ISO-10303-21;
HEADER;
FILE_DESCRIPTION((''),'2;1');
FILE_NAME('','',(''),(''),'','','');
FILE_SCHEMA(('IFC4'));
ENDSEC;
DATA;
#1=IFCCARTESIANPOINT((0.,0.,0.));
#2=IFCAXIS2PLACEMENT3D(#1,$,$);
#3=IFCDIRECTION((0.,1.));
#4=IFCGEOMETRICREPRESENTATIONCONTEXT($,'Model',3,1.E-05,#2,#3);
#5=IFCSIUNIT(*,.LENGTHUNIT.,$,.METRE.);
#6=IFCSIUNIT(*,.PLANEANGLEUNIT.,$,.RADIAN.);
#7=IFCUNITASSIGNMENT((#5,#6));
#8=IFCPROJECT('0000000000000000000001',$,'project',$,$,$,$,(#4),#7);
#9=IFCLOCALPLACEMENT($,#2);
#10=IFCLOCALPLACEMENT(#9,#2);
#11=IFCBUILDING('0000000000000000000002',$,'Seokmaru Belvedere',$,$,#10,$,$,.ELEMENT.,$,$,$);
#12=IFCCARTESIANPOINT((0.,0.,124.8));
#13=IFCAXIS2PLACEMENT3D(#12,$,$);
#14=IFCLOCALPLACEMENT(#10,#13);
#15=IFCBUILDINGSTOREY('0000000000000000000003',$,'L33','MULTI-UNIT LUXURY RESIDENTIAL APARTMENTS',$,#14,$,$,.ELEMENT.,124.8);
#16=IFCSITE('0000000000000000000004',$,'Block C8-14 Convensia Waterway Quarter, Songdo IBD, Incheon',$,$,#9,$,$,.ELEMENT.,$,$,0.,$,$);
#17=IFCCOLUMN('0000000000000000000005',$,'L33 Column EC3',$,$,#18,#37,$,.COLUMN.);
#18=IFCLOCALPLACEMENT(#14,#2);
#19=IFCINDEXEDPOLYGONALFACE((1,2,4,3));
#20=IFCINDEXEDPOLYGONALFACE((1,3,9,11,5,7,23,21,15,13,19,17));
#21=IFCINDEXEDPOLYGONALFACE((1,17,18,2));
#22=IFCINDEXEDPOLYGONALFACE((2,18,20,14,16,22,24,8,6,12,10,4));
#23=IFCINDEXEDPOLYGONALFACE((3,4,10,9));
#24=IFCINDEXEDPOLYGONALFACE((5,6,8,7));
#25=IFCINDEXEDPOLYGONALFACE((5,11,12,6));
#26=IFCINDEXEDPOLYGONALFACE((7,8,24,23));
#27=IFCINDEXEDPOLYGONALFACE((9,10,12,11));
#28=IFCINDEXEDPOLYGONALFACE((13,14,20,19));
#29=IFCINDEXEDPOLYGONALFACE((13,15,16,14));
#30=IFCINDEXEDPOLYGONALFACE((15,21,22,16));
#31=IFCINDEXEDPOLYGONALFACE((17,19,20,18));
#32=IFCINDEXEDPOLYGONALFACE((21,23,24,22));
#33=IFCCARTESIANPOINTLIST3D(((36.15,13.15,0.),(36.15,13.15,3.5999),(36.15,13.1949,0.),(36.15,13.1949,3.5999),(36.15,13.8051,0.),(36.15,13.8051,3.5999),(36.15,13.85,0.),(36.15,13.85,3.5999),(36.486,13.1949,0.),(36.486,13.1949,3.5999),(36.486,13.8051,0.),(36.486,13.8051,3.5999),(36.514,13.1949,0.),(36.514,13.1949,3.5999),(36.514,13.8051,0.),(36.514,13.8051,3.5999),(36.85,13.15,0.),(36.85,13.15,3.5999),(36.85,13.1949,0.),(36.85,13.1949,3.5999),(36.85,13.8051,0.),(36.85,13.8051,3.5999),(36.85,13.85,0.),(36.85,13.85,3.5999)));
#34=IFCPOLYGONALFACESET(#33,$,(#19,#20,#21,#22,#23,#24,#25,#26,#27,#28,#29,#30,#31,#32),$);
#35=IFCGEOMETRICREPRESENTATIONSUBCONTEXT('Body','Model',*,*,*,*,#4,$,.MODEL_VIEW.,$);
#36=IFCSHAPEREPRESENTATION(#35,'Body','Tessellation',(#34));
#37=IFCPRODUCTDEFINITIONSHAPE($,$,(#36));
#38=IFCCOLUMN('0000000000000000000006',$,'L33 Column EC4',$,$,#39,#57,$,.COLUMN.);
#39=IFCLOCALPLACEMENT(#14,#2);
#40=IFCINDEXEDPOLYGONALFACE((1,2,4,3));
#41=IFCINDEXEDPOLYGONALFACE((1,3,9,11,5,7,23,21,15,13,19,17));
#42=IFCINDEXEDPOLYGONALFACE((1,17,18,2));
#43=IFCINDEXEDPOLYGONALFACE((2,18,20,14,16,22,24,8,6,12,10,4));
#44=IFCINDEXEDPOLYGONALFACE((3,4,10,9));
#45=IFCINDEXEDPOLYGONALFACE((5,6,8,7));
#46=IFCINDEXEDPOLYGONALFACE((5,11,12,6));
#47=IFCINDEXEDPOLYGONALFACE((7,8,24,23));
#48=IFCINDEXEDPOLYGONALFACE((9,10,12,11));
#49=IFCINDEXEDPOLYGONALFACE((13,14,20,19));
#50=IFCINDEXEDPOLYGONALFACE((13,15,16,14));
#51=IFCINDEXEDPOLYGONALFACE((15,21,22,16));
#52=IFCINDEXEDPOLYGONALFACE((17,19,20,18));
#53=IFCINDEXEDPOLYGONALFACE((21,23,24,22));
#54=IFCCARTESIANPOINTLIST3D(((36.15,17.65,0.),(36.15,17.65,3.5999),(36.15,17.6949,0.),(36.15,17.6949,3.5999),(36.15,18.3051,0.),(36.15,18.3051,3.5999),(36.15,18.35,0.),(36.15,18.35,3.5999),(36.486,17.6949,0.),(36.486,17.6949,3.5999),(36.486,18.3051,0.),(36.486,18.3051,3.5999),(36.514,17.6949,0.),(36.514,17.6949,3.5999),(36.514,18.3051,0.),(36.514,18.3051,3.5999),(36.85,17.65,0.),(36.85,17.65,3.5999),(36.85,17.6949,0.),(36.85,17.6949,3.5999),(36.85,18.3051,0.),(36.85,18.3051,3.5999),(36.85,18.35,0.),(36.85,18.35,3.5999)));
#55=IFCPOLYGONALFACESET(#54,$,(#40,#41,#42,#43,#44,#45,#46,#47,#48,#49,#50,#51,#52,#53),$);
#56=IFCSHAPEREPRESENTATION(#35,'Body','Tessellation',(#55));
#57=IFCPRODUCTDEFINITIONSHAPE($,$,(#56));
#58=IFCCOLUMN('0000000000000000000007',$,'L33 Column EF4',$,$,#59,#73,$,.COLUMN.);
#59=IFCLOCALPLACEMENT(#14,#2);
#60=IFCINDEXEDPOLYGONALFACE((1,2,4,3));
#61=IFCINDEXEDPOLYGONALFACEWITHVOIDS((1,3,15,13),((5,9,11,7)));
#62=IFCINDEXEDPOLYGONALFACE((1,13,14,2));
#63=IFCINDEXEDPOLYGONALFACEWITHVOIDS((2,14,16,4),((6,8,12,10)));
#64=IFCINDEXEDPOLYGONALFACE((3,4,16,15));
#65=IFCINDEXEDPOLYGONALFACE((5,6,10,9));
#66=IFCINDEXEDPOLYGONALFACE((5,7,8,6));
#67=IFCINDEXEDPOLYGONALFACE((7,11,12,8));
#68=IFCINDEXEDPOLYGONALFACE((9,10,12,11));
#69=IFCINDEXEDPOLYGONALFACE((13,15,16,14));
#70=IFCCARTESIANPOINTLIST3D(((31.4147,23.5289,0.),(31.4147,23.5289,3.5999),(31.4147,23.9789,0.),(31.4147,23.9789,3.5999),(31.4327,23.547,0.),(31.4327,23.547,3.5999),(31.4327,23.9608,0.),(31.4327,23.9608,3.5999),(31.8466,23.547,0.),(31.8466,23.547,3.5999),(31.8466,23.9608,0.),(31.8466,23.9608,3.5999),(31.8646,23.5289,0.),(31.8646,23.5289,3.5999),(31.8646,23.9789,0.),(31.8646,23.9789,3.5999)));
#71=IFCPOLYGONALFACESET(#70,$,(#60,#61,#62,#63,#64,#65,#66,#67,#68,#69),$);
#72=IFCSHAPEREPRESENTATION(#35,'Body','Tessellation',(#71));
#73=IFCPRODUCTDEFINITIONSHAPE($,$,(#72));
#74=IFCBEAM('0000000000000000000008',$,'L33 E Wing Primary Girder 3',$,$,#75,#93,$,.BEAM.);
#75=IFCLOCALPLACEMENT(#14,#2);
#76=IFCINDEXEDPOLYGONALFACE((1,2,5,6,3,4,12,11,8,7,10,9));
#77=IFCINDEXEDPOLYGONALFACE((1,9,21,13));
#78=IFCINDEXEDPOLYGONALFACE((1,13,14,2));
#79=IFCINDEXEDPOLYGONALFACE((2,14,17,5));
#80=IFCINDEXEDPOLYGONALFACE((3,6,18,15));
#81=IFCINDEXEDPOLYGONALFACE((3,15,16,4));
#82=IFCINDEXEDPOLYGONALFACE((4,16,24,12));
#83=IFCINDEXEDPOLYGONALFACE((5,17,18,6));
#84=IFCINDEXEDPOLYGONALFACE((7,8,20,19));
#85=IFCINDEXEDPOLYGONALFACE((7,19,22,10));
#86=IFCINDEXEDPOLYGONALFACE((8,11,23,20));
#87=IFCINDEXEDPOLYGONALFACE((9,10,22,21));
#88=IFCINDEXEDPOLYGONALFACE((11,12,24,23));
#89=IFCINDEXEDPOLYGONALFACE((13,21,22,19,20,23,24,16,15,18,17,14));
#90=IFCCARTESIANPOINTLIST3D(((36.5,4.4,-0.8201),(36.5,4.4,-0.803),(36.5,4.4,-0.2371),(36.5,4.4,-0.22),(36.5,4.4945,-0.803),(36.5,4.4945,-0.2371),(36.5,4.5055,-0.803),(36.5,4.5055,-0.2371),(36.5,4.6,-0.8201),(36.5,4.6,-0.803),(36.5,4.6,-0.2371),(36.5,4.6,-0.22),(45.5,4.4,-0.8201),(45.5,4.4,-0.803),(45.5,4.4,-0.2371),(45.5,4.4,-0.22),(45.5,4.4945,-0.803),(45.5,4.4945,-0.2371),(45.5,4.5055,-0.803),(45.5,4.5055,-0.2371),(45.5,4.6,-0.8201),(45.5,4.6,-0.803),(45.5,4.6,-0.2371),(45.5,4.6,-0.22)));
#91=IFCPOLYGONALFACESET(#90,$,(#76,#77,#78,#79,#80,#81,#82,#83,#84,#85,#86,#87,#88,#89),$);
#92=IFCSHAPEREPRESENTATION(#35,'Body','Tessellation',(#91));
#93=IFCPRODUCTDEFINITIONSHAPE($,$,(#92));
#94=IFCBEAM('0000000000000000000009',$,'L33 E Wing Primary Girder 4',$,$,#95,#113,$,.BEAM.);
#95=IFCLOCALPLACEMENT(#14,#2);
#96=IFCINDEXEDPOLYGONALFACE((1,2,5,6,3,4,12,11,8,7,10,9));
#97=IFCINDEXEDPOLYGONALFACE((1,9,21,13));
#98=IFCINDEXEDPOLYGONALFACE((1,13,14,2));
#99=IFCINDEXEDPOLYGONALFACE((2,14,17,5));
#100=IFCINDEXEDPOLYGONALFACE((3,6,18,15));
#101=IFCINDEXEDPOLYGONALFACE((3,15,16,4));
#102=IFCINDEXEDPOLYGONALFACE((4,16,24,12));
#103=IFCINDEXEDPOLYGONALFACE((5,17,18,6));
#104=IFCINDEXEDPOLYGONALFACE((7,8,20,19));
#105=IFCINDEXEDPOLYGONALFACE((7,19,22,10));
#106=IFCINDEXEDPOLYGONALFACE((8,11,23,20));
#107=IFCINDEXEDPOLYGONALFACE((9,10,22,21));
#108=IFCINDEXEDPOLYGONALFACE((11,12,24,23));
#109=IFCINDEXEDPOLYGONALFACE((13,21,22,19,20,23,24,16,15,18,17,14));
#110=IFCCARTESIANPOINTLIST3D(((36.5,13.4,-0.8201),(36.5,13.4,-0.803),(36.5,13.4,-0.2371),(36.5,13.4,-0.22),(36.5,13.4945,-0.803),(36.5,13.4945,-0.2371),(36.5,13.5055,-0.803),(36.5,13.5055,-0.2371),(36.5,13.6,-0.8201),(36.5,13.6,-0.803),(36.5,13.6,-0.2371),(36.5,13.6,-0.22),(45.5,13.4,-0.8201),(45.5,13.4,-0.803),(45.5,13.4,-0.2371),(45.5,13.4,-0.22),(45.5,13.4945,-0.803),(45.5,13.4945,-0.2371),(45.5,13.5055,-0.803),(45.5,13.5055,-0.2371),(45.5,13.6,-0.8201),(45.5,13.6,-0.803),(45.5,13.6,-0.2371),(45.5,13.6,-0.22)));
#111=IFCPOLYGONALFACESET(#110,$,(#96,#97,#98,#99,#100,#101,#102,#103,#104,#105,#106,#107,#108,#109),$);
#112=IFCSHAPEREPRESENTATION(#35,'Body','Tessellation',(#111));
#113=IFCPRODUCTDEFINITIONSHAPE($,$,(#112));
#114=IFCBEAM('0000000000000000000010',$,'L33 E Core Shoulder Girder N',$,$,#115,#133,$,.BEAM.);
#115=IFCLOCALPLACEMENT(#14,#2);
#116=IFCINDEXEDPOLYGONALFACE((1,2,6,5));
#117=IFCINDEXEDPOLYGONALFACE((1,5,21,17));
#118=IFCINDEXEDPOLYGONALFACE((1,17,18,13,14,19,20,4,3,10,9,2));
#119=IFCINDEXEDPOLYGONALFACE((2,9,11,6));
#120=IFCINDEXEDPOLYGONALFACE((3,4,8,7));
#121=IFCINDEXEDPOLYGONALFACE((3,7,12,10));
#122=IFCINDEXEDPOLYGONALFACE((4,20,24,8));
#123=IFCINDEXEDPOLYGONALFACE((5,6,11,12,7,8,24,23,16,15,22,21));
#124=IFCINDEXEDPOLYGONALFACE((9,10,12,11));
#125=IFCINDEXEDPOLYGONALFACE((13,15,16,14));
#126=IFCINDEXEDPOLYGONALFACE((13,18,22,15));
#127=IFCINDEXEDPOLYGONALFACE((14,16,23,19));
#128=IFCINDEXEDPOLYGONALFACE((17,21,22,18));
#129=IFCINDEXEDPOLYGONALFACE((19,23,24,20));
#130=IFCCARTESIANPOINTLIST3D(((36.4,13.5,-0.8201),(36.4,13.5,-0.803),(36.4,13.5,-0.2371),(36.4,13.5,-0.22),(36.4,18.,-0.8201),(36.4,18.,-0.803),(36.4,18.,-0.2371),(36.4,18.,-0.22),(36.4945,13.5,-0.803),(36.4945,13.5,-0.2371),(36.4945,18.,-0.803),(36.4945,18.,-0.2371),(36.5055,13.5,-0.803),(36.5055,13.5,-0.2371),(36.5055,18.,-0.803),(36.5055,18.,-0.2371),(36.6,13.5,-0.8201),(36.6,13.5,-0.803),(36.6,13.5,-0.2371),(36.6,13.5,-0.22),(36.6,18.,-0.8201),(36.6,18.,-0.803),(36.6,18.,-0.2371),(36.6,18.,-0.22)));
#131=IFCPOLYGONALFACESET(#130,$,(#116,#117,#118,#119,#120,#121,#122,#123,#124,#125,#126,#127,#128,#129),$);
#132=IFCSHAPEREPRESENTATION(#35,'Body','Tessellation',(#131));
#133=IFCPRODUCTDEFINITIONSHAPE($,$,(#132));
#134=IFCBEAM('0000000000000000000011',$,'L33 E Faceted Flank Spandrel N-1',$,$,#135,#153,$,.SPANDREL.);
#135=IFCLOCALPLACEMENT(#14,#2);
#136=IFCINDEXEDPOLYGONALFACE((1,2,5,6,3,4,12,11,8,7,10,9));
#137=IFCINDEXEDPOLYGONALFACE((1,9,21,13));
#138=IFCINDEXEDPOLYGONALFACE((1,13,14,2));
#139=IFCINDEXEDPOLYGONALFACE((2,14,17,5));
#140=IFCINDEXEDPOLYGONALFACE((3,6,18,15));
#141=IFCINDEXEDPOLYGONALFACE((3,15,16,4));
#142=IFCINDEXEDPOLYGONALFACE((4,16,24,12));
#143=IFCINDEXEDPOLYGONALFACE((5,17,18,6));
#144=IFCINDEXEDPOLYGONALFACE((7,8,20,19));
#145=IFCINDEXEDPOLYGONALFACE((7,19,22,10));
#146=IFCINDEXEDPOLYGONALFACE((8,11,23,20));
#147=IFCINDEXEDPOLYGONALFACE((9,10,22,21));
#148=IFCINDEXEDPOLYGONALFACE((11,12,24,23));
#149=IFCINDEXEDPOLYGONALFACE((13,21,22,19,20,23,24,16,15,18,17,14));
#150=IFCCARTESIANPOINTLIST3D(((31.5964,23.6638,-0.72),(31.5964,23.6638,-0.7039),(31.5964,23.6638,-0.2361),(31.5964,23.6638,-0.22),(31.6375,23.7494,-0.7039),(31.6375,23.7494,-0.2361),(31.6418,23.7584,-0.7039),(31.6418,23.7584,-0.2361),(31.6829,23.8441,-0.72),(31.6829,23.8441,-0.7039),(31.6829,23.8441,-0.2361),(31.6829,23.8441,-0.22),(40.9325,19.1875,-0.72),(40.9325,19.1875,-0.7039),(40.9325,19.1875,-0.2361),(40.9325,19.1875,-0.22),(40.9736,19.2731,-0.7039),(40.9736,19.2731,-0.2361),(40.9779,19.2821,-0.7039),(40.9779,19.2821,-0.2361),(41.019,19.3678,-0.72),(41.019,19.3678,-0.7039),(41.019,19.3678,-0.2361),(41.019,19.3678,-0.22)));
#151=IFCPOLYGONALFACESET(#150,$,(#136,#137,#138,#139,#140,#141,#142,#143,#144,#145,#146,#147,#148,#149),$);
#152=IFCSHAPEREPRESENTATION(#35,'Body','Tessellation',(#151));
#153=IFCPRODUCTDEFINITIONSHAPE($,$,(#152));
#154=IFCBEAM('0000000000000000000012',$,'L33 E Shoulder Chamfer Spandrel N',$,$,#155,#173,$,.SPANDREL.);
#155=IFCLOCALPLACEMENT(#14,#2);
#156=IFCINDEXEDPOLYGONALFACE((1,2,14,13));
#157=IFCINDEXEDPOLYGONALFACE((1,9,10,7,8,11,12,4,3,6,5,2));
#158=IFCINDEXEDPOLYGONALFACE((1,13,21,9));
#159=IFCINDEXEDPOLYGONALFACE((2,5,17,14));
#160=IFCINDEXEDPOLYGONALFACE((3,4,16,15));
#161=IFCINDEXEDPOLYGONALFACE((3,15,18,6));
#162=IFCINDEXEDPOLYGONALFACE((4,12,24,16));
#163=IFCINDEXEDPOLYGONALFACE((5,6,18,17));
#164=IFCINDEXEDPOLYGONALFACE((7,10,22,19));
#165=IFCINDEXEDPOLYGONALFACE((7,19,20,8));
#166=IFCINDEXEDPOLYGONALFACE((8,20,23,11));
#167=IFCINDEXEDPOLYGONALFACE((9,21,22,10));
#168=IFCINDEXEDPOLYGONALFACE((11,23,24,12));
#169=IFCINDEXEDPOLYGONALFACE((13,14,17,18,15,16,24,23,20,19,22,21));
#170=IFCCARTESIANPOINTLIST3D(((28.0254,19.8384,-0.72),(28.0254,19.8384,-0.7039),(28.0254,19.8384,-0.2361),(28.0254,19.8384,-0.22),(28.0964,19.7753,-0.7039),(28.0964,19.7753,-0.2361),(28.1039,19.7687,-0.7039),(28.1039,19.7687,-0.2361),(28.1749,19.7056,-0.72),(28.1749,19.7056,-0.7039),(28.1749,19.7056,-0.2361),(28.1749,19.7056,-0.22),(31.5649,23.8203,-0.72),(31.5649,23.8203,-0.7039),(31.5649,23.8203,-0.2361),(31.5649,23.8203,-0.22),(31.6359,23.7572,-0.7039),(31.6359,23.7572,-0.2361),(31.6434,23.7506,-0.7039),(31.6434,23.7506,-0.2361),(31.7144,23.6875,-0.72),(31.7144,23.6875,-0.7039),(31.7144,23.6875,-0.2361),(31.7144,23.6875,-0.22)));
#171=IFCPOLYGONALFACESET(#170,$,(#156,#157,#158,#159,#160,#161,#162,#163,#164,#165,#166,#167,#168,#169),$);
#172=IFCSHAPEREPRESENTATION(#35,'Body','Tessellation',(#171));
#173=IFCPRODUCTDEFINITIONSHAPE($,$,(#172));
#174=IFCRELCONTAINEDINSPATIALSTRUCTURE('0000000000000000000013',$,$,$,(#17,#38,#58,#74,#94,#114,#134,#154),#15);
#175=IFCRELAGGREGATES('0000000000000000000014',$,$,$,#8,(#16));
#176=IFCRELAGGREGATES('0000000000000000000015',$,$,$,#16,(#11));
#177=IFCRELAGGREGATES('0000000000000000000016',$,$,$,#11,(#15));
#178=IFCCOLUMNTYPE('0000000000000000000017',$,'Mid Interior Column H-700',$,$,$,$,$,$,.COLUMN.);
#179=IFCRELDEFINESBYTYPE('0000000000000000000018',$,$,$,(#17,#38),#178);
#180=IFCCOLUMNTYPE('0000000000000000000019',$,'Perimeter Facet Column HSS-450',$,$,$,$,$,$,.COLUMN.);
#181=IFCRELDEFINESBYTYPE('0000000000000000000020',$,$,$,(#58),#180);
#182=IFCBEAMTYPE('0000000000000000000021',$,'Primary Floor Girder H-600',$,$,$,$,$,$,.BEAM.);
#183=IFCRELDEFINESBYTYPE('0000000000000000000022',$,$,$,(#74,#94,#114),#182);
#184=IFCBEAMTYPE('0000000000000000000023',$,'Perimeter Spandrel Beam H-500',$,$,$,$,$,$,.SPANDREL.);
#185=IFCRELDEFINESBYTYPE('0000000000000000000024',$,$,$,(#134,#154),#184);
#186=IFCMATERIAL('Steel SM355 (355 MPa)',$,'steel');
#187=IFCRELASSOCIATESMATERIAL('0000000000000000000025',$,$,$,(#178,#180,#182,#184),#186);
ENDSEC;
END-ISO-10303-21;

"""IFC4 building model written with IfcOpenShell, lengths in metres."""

from ifc_helpers import new_model, si_unit, direction, frame, origin, origin_2d, place, context, subcontext, project, spatial, hollow_rectangle, i_section, extrude, source, transform, mapped, material, material_profile, profile_set, type_object, type_shapes, element, save


model = new_model("IFC4")

# Units and contexts
model_context = context("Model", 3, precision=1e-05, world=origin(), true_north=direction((0.0, 1.0)))
body_context = subcontext(model_context, "Body", "Model", "MODEL_VIEW")
ifc_project = project(units=[si_unit("LENGTHUNIT", "METRE"), si_unit("PLANEANGLEUNIT", "RADIAN")], contexts=[model_context])

# Site, building, storey
site_placement = place(None, origin())
site = spatial("IfcSite", under=ifc_project, at=site_placement, Name="Block C8-14 Convensia Waterway Quarter, Songdo IBD, Incheon", CompositionType="ELEMENT", RefElevation=0.0)
building_placement = place(site_placement, origin())
building = spatial("IfcBuilding", under=site, at=building_placement, Name="Seokmaru Belvedere", CompositionType="ELEMENT")
storey_placement = place(building_placement, frame((0.0, 0.0, 124.8)))
storey = spatial("IfcBuildingStorey", under=building, at=storey_placement, Name="L33", Description="MULTI-UNIT LUXURY RESIDENTIAL APARTMENTS", CompositionType="ELEMENT", Elevation=124.8)

# Columns
ifc_material_1 = material(Name="Steel SM355 (355 MPa)", Category="steel")
ifc_material_profile_1 = material_profile(ifc_material_1, i_section(OverallWidth=0.7, OverallDepth=0.7, WebThickness=0.0281, FlangeThickness=0.0449, at=origin_2d()), Name="H-700x700x28x45")
ifc_profile_set_1 = profile_set([ifc_material_profile_1], Name="Steel SM355 (355 MPa)")
column_type_1 = type_object("IfcColumnType", Name="Mid Interior Column H-700", PredefinedType="COLUMN", material=ifc_profile_set_1)
shared_shape_1 = source(origin(), body_context, "Body", "SweptSolid", [
    extrude(i_section(OverallWidth=0.7, OverallDepth=0.7, WebThickness=0.0281, FlangeThickness=0.0449, at=origin_2d()), origin(), (0.0, 0.0, 1.0), 3.5999),
])
type_shapes(column_type_1, [shared_shape_1])
for number, where, z_axis, x_axis, name in (
    (1, (36.5, 13.5, 0.0), (0.0, 0.0, 1.0), (1.0, 0.0, 0.0), "L33 Column EC3"),
    (2, (36.5, 18.0, 0.0), (0.0, 0.0, 1.0), (1.0, 0.0, 0.0), "L33 Column EC4"),
):
    element("IfcColumn", number, at=place(storey_placement, frame(where, z_axis=z_axis, x_axis=x_axis)), inside=storey, type_object=column_type_1, Name=name, PredefinedType="COLUMN", context=body_context, shape_type="MappedRepresentation", body=[
        mapped(shared_shape_1, transform((0.0, 0.0, 0.0), scale=1.0)),
    ])
ifc_material_profile_2 = material_profile(ifc_material_1, hollow_rectangle(XDim=0.45, YDim=0.45, WallThickness=0.0181, at=origin_2d()), Name="HSS-450x450x18")
ifc_profile_set_2 = profile_set([ifc_material_profile_2], Name="Steel SM355 (355 MPa)")
column_type_2 = type_object("IfcColumnType", Name="Perimeter Facet Column HSS-450", PredefinedType="COLUMN", material=ifc_profile_set_2)
shared_shape_2 = source(origin(), body_context, "Body", "SweptSolid", [
    extrude(hollow_rectangle(XDim=0.45, YDim=0.45, WallThickness=0.0181, at=origin_2d()), origin(), (0.0, 0.0, 1.0), 3.5999),
])
type_shapes(column_type_2, [shared_shape_2])
column_placement = place(storey_placement, frame((31.6396, 23.7539, 0.0), z_axis=(0.0, 0.0, 1.0), x_axis=(1.0, 0.0, 0.0)))
element("IfcColumn", 3, at=column_placement, inside=storey, type_object=column_type_2, Name="L33 Column EF4", PredefinedType="COLUMN", context=body_context, shape_type="MappedRepresentation", body=[
    mapped(shared_shape_2, transform((0.0, 0.0, 0.0), scale=1.0)),
])

# Beams
ifc_material_profile_3 = material_profile(ifc_material_1, i_section(OverallWidth=0.2, OverallDepth=0.6001, WebThickness=0.011, FlangeThickness=0.0171, at=origin_2d()), Name="H-600x200x11x17")
ifc_profile_set_3 = profile_set([ifc_material_profile_3], Name="Steel SM355 (355 MPa)")
beam_type_1 = type_object("IfcBeamType", Name="Primary Floor Girder H-600", PredefinedType="BEAM", material=ifc_profile_set_3)
shared_shape_3 = source(origin(), body_context, "Body", "SweptSolid", [
    extrude(i_section(OverallWidth=0.2, OverallDepth=0.6001, WebThickness=0.011, FlangeThickness=0.0171, at=origin_2d()), origin(), (0.0, 0.0, 1.0), 9.0),
])
for number, where, z_axis, x_axis, name in (
    (4, (36.5, 4.5, -0.52), (1.0, 0.0, 0.0), (0.0, 1.0, 0.0), "L33 E Wing Primary Girder 3"),
    (5, (36.5, 13.5, -0.52), (1.0, 0.0, 0.0), (0.0, 1.0, 0.0), "L33 E Wing Primary Girder 4"),
):
    element("IfcBeam", number, at=place(storey_placement, frame(where, z_axis=z_axis, x_axis=x_axis)), inside=storey, type_object=beam_type_1, Name=name, PredefinedType="BEAM", context=body_context, shape_type="MappedRepresentation", body=[
        mapped(shared_shape_3, transform((0.0, 0.0, 0.0), scale=1.0)),
    ])
shared_shape_4 = source(origin(), body_context, "Body", "SweptSolid", [
    extrude(i_section(OverallWidth=0.2, OverallDepth=0.6001, WebThickness=0.011, FlangeThickness=0.0171, at=origin_2d()), origin(), (0.0, 0.0, 1.0), 4.5),
])
type_shapes(beam_type_1, [shared_shape_3, shared_shape_4])
beam_1_placement = place(storey_placement, frame((36.5, 13.5, -0.52), z_axis=(0.0, 1.0, 0.0), x_axis=(-1.0, 0.0, 0.0)))
element("IfcBeam", 6, at=beam_1_placement, inside=storey, type_object=beam_type_1, Name="L33 E Core Shoulder Girder N", PredefinedType="BEAM", context=body_context, shape_type="MappedRepresentation", body=[
    mapped(shared_shape_4, transform((0.0, 0.0, 0.0), scale=1.0)),
])
ifc_material_profile_4 = material_profile(ifc_material_1, i_section(OverallWidth=0.2, OverallDepth=0.5, WebThickness=0.01, FlangeThickness=0.0161, at=origin_2d()), Name="H-500x200x10x16")
ifc_profile_set_4 = profile_set([ifc_material_profile_4], Name="Steel SM355 (355 MPa)")
beam_type_2 = type_object("IfcBeamType", Name="Perimeter Spandrel Beam H-500", PredefinedType="SPANDREL", material=ifc_profile_set_4)
shared_shape_5 = source(origin(), body_context, "Body", "SweptSolid", [
    extrude(i_section(OverallWidth=0.2, OverallDepth=0.5, WebThickness=0.01, FlangeThickness=0.0161, at=origin_2d()), origin(), (0.0, 0.0, 1.0), 10.3538),
])
beam_2_placement = place(storey_placement, frame((31.6396, 23.7539, -0.47), z_axis=(0.901713, -0.432335, 0.0), x_axis=(0.432335, 0.901713, 0.0)))
element("IfcBeam", 7, at=beam_2_placement, inside=storey, type_object=beam_type_2, Name="L33 E Faceted Flank Spandrel N-1", PredefinedType="SPANDREL", context=body_context, shape_type="MappedRepresentation", body=[
    mapped(shared_shape_5, transform((0.0, 0.0, 0.0), scale=1.0)),
])
shared_shape_6 = source(origin(), body_context, "Body", "SweptSolid", [
    extrude(i_section(OverallWidth=0.2, OverallDepth=0.5, WebThickness=0.01, FlangeThickness=0.0161, at=origin_2d()), origin(), (0.0, 0.0, 1.0), 5.3276),
])
type_shapes(beam_type_2, [shared_shape_5, shared_shape_6])
beam_3_placement = place(storey_placement, frame((31.6396, 23.7539, -0.47), z_axis=(-0.66437, -0.747404, 0.0), x_axis=(0.747404, -0.66437, 0.0)))
element("IfcBeam", 8, at=beam_3_placement, inside=storey, type_object=beam_type_2, Name="L33 E Shoulder Chamfer Spandrel N", PredefinedType="SPANDREL", context=body_context, shape_type="MappedRepresentation", body=[
    mapped(shared_shape_6, transform((0.0, 0.0, 0.0), scale=1.0)),
])

save(model, "model.ifc")
